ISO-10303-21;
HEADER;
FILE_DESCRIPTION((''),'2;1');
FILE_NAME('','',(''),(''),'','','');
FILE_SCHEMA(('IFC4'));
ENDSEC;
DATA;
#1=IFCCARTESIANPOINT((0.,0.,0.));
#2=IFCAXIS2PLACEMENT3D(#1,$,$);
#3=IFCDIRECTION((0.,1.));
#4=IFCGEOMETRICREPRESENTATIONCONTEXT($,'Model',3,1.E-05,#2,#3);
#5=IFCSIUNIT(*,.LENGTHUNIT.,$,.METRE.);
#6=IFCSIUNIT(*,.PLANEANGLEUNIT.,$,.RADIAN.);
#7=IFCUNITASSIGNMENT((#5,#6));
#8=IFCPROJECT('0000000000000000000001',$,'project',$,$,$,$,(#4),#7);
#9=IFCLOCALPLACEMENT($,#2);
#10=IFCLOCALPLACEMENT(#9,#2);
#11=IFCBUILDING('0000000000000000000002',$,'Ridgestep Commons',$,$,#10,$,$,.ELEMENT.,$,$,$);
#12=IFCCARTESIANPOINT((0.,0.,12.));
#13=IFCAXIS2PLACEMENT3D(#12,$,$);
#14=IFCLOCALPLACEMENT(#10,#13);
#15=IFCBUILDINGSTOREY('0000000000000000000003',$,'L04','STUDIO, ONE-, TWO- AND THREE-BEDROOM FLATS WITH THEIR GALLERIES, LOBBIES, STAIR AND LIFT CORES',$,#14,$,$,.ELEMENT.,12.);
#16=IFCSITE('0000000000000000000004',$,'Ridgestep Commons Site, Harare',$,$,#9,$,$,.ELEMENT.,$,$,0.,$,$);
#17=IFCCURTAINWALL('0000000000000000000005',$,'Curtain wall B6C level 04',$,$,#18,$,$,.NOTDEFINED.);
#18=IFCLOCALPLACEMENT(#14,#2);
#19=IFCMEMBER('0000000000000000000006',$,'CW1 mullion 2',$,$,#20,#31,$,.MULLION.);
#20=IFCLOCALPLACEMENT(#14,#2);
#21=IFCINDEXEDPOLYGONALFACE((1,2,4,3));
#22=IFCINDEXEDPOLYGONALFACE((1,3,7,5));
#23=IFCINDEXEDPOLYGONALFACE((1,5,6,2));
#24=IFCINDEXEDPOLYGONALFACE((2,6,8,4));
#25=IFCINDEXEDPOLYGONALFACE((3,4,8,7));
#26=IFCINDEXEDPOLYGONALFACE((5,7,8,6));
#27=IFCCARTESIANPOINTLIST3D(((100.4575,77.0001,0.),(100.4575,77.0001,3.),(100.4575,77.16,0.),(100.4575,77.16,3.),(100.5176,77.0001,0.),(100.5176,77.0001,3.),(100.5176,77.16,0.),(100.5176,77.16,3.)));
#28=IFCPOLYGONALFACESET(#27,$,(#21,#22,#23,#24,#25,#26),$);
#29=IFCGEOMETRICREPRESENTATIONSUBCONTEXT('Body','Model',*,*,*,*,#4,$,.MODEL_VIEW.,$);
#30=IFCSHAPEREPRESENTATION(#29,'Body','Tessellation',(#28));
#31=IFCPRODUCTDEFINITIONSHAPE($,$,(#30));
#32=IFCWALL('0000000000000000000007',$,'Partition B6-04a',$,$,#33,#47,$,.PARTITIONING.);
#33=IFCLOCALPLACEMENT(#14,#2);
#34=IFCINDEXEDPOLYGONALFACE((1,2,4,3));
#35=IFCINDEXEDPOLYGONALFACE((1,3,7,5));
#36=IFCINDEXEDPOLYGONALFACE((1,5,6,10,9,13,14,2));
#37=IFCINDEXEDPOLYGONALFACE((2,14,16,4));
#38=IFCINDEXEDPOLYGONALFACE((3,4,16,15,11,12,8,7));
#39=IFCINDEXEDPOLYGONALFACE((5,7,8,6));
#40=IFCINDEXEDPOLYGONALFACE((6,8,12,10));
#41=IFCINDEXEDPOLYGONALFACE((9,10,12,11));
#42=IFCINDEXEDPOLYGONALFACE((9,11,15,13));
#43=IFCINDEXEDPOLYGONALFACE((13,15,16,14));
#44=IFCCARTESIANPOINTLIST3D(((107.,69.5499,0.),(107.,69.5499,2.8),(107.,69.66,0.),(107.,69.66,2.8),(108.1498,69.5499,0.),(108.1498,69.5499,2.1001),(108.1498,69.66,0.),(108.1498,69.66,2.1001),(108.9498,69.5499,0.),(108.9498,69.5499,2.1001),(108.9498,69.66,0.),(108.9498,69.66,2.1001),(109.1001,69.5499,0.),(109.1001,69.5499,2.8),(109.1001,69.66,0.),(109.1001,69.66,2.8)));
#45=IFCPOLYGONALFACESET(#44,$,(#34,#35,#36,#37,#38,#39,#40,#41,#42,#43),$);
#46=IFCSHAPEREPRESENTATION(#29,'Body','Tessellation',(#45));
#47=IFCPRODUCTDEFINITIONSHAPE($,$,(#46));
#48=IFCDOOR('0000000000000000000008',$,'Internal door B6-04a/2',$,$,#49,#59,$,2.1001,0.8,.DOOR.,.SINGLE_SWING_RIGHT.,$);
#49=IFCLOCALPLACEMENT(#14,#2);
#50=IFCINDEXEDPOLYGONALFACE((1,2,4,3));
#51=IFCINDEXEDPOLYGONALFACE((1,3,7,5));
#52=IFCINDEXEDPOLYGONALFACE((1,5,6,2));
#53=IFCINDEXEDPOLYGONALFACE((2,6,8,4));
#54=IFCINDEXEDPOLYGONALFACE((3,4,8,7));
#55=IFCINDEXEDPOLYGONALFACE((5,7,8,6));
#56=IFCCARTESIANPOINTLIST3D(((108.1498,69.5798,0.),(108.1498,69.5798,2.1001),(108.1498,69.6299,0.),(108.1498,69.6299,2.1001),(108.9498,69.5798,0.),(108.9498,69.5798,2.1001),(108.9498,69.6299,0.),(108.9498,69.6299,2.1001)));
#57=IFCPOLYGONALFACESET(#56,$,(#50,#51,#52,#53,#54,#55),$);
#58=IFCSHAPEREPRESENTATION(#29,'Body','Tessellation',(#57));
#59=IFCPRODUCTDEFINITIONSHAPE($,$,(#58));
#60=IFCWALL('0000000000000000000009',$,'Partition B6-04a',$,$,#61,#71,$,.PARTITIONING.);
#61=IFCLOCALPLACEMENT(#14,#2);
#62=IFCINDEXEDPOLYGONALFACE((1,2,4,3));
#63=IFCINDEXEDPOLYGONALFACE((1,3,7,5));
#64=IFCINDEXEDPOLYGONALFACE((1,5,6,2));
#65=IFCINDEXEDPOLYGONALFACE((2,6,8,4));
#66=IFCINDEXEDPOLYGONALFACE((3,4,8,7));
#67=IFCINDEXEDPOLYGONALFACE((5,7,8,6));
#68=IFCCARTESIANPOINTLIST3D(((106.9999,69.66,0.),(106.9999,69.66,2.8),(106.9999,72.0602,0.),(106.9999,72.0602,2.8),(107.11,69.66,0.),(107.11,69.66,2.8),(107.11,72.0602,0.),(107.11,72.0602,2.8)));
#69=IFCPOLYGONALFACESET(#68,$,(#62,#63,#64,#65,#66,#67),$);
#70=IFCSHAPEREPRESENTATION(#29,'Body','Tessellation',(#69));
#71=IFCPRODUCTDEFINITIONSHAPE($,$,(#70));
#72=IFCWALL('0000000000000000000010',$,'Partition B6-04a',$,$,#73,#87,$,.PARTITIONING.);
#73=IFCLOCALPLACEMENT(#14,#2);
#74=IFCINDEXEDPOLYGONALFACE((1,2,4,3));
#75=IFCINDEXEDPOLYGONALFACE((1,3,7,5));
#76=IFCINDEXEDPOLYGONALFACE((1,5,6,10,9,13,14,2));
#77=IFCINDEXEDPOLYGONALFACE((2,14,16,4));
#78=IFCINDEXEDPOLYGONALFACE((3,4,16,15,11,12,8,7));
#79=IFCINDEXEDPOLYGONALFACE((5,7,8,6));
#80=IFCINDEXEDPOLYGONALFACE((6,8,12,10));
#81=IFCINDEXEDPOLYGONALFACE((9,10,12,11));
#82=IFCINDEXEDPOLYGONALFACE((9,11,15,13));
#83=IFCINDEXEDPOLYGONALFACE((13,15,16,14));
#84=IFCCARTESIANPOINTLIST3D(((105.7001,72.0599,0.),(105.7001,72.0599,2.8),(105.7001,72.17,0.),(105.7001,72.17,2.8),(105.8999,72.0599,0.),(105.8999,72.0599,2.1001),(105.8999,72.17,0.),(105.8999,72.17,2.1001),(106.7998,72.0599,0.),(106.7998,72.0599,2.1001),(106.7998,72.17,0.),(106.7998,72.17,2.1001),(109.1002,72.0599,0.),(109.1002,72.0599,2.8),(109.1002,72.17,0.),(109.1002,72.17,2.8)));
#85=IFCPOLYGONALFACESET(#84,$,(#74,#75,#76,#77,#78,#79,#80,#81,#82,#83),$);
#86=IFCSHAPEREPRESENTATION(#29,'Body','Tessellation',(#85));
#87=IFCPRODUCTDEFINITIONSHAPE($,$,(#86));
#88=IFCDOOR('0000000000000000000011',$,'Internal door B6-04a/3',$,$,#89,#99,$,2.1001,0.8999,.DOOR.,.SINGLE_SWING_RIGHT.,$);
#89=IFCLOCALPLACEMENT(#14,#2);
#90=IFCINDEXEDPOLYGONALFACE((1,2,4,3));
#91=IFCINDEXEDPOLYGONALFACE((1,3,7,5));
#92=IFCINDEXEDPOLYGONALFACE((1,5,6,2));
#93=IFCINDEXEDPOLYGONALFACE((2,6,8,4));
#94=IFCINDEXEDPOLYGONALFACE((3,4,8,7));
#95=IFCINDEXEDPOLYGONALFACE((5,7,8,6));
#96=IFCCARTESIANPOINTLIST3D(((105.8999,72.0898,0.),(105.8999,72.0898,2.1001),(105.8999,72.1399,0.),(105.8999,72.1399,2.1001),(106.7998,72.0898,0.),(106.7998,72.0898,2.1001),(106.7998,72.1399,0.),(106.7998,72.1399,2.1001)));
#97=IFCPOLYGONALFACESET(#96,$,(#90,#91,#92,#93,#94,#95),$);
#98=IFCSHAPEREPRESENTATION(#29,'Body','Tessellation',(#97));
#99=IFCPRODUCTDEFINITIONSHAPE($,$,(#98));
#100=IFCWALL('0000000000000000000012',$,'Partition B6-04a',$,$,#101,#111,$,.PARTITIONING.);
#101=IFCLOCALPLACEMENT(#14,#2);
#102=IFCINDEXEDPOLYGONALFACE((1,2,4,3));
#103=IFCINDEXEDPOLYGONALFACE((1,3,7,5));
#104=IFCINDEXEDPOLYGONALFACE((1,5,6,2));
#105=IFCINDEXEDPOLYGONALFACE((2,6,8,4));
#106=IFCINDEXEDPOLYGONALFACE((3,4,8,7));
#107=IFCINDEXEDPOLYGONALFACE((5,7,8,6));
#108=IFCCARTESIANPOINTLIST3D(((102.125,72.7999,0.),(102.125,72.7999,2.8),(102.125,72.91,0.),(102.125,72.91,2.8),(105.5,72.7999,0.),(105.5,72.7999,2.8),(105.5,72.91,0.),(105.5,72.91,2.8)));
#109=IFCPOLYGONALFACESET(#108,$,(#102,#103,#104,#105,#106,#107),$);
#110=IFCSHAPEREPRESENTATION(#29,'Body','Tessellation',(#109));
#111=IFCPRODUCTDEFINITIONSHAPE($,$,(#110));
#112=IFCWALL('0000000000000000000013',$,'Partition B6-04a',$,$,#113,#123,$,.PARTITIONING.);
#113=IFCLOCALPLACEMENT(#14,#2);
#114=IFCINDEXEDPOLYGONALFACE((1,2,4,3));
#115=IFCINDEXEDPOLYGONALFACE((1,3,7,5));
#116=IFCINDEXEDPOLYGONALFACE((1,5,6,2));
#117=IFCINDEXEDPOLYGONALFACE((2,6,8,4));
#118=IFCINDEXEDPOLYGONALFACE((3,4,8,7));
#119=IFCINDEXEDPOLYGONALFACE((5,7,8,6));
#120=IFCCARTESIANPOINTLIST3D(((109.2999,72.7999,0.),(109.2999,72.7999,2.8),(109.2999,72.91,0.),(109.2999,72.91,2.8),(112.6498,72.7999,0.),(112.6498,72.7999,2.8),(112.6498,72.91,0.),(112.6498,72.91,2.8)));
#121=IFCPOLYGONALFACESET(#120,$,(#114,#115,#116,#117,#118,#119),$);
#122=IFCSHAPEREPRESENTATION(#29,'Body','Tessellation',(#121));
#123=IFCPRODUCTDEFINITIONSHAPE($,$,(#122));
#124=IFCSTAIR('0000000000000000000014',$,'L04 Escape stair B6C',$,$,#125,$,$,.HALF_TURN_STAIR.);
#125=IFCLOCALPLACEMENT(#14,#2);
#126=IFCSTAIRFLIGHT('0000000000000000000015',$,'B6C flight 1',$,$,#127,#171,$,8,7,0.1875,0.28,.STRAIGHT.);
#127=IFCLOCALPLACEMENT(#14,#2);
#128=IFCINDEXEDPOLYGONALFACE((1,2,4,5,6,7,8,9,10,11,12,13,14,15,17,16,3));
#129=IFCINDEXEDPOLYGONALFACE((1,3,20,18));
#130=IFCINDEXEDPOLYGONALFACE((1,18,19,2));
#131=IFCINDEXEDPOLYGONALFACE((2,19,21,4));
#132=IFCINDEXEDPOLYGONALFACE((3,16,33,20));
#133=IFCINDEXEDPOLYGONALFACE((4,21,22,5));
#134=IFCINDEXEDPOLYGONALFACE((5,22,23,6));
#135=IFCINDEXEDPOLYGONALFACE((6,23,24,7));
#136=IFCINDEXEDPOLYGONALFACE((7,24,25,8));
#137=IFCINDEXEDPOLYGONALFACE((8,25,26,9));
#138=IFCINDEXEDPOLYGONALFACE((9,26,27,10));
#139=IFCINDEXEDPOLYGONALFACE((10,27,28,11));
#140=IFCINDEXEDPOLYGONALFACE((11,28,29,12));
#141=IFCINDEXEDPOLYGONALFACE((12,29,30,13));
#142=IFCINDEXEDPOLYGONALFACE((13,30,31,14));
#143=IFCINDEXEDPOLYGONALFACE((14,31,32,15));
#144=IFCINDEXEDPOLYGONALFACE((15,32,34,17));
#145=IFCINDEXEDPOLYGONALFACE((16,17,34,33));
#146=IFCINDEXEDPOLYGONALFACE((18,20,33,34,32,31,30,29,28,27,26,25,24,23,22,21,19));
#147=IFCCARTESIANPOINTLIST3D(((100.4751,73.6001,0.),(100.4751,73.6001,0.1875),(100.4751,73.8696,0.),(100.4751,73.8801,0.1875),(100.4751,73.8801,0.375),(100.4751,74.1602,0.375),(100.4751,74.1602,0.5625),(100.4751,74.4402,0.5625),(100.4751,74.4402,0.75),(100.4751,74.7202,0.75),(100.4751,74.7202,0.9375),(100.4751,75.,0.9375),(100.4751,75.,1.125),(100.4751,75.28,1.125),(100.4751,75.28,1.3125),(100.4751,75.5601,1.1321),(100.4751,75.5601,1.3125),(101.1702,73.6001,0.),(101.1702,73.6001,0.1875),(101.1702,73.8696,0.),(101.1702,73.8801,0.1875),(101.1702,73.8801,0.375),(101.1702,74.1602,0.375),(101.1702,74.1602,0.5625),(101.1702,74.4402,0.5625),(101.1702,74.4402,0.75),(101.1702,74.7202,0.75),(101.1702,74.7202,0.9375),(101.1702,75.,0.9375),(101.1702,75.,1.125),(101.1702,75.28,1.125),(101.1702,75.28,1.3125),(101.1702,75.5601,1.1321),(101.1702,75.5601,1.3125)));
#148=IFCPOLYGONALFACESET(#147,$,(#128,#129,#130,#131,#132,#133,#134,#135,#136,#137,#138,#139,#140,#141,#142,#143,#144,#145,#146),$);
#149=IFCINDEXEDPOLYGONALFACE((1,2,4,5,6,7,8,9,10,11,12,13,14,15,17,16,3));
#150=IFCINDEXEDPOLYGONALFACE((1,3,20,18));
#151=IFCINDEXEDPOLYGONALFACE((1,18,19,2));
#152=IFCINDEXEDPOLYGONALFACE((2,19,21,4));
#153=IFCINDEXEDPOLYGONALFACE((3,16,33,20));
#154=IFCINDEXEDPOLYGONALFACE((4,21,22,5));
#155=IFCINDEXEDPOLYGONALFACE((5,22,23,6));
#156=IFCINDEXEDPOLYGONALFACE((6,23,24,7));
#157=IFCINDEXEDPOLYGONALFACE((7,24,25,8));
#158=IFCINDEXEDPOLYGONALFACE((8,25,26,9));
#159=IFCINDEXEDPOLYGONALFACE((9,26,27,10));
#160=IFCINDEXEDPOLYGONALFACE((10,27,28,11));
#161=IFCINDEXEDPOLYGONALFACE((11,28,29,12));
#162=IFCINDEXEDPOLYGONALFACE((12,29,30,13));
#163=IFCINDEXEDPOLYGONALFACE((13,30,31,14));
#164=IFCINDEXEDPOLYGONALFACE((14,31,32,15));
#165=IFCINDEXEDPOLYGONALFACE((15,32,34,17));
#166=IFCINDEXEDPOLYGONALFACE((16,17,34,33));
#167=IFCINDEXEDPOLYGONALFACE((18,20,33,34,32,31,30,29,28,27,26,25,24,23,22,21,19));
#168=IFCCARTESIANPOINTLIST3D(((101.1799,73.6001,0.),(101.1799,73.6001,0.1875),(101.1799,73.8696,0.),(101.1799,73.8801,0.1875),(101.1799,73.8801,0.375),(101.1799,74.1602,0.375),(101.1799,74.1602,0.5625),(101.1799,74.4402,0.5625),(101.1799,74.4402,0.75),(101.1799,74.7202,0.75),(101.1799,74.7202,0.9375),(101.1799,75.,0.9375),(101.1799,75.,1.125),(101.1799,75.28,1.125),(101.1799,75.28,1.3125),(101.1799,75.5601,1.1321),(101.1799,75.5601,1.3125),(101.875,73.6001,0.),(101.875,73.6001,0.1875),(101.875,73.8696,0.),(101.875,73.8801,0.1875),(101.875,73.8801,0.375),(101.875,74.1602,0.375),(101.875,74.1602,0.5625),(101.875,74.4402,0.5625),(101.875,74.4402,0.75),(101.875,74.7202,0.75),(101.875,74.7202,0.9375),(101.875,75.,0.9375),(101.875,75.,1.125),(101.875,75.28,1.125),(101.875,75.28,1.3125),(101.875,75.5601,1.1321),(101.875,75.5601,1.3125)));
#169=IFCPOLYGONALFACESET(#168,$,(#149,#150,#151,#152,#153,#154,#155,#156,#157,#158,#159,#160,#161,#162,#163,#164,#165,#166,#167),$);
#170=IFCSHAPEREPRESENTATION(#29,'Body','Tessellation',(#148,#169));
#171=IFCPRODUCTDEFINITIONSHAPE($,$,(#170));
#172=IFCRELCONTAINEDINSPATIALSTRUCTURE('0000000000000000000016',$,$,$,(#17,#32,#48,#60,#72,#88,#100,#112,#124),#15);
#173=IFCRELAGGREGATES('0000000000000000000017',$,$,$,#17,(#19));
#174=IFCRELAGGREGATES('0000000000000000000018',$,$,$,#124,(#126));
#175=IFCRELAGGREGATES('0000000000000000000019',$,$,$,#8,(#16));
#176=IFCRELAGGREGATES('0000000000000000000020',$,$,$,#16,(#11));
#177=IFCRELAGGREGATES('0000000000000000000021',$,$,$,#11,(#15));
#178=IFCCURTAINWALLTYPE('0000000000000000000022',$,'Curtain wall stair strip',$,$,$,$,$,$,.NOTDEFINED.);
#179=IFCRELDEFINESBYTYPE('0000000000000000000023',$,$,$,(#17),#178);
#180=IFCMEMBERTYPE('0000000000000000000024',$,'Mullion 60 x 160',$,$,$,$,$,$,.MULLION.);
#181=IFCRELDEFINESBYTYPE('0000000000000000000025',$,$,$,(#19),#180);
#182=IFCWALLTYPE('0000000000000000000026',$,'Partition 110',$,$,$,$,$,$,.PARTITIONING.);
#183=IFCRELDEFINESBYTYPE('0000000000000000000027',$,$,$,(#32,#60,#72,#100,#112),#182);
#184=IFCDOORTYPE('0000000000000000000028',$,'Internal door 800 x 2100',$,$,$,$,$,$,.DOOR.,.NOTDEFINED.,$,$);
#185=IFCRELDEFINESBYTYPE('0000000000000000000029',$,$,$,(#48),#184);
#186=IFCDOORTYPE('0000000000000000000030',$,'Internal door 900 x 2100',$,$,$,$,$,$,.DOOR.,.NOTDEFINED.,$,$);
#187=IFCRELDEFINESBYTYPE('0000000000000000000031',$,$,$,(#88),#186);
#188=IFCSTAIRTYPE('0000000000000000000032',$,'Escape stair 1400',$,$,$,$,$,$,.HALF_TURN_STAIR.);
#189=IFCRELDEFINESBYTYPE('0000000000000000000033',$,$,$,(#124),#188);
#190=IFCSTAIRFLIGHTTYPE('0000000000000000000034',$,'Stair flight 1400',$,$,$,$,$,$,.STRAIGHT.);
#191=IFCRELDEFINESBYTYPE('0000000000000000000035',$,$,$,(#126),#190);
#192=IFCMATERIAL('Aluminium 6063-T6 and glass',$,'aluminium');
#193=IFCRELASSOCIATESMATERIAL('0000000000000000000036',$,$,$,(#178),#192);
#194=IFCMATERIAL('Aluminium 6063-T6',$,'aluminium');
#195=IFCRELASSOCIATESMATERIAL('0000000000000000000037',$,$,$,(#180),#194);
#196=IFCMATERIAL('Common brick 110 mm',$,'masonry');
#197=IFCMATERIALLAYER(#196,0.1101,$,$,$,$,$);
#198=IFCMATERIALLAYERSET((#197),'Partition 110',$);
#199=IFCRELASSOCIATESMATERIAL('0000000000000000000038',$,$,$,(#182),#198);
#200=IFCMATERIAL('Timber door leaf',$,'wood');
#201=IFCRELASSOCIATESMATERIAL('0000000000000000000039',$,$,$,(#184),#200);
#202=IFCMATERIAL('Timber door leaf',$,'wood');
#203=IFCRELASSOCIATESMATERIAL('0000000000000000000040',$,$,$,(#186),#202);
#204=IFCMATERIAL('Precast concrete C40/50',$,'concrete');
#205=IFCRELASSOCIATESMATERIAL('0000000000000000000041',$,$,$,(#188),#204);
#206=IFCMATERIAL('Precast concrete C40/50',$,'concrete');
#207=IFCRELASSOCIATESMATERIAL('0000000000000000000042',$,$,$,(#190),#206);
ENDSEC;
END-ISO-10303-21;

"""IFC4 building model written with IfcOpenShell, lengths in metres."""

from ifc_helpers import new_model, si_unit, direction, frame, frame_2d, origin, origin_2d, place, context, subcontext, project, spatial, polyline, rectangle, outline, extrude, material, layer, layer_set, material_profile, profile_set, type_object, element, fill, aggregate, save


model = new_model("IFC4")

# Units and contexts
model_context = context("Model", 3, precision=1e-05, world=origin(), true_north=direction((0.0, 1.0)))
body_context = subcontext(model_context, "Body", "Model", "MODEL_VIEW")
ifc_project = project(units=[si_unit("LENGTHUNIT", "METRE"), si_unit("PLANEANGLEUNIT", "RADIAN")], contexts=[model_context])

# Site, building, storey
site_placement = place(None, origin())
site = spatial("IfcSite", under=ifc_project, at=site_placement, Name="Ridgestep Commons Site, Harare", CompositionType="ELEMENT", RefElevation=0.0)
building_placement = place(site_placement, origin())
building = spatial("IfcBuilding", under=site, at=building_placement, Name="Ridgestep Commons", CompositionType="ELEMENT")
storey_placement = place(building_placement, frame((0.0, 0.0, 12.0)))
storey = spatial("IfcBuildingStorey", under=building, at=storey_placement, Name="L04", Description="STUDIO, ONE-, TWO- AND THREE-BEDROOM FLATS WITH THEIR GALLERIES, LOBBIES, STAIR AND LIFT CORES", CompositionType="ELEMENT", Elevation=12.0)

# Curtain wall, member
ifc_material_1 = material(Name="Aluminium 6063-T6 and glass", Category="aluminium")
curtain_wall_type = type_object("IfcCurtainWallType", Name="Curtain wall stair strip", PredefinedType="NOTDEFINED", material=ifc_material_1)
curtain_wall_placement = place(storey_placement, origin())
curtain_wall = element("IfcCurtainWall", 1, at=curtain_wall_placement, inside=storey, type_object=curtain_wall_type, Name="Curtain wall B6C level 04", PredefinedType="NOTDEFINED")
ifc_material_2 = material(Name="Aluminium 6063-T6", Category="aluminium")
ifc_material_profile = material_profile(ifc_material_2, rectangle(XDim=0.1599, YDim=0.0601, at=origin_2d()), Name="Mullion 60 x 160")
ifc_profile_set = profile_set([ifc_material_profile], Name="Aluminium 6063-T6")
member_type = type_object("IfcMemberType", Name="Mullion 60 x 160", PredefinedType="MULLION", material=ifc_profile_set)
member_placement = place(storey_placement, frame((100.4875, 77.0801, 0.0), z_axis=(0.0, 0.0, 1.0), x_axis=(0.0, 1.0, 0.0)))
member = element("IfcMember", 2, at=member_placement, type_object=member_type, Name="CW1 mullion 2", PredefinedType="MULLION", context=body_context, shape_type="SweptSolid", body=[
    extrude(rectangle(XDim=0.1599, YDim=0.0601, at=origin_2d()), origin(), (0.0, 0.0, 1.0), 3.0),
])
aggregate(curtain_wall, [member])

# Wall, opening, door
ifc_material_3 = material(Name="Common brick 110 mm", Category="masonry")
ifc_layer = layer(ifc_material_3, 0.1101)
ifc_layer_set = layer_set([ifc_layer], Name="Partition 110")
wall_type = type_object("IfcWallType", Name="Partition 110", PredefinedType="PARTITIONING", material=ifc_layer_set)
wall_1_placement = place(storey_placement, frame((107.0, 69.605, 0.0), z_axis=(0.0, 0.0, 1.0), x_axis=(1.0, 0.0, 0.0)))
wall_1 = element("IfcWall", 3, at=wall_1_placement, inside=storey, type_object=wall_type, Name="Partition B6-04a", PredefinedType="PARTITIONING", context=body_context, shape_type="SweptSolid", body=[
    extrude(rectangle(XDim=2.1001, YDim=0.1101, at=frame_2d((1.05, 0.0))), origin(), (0.0, 0.0, 1.0), 2.8),
])
opening_1_placement = place(wall_1_placement, frame((1.1499, 0.0, 0.0)))
opening_1 = element("IfcOpeningElement", 4, at=opening_1_placement, cuts=wall_1, PredefinedType="OPENING", context=body_context, shape_type="SweptSolid", body=[
    extrude(rectangle(XDim=0.8, YDim=2.1001, at=frame_2d((0.3999, 1.05))), frame((0.0, 0.0649, 0.0), z_axis=(0.0, -1.0, 0.0), x_axis=(1.0, 0.0, 0.0)), (0.0, 0.0, 1.0), 0.1301),
])
ifc_material_4 = material(Name="Timber door leaf", Category="wood")
door_type_1 = type_object("IfcDoorType", Name="Internal door 800 x 2100", OperationType="NOTDEFINED", PredefinedType="DOOR", material=ifc_material_4)
door_1_placement = place(opening_1_placement, origin())
door_1 = element("IfcDoor", 5, at=door_1_placement, inside=storey, type_object=door_type_1, Name="Internal door B6-04a/2", OperationType="SINGLE_SWING_RIGHT", OverallHeight=2.1001, OverallWidth=0.8, PredefinedType="DOOR", context=body_context, shape_type="SweptSolid", body=[
    extrude(rectangle(XDim=0.8, YDim=2.1001, at=frame_2d((0.3999, 1.05))), frame((0.0, 0.0249, 0.0), z_axis=(0.0, -1.0, 0.0), x_axis=(1.0, 0.0, 0.0)), (0.0, 0.0, 1.0), 0.05),
])
fill(opening_1, door_1)

# Wall
wall_2_placement = place(storey_placement, frame((107.0549, 69.6599, 0.0), z_axis=(0.0, 0.0, 1.0), x_axis=(0.0, 1.0, 0.0)))
element("IfcWall", 6, at=wall_2_placement, inside=storey, type_object=wall_type, Name="Partition B6-04a", PredefinedType="PARTITIONING", context=body_context, shape_type="SweptSolid", body=[
    extrude(rectangle(XDim=2.4001, YDim=0.1101, at=frame_2d((1.2002, 0.0))), origin(), (0.0, 0.0, 1.0), 2.8),
])

# Wall, opening, door
wall_3_placement = place(storey_placement, frame((105.7, 72.115, 0.0), z_axis=(0.0, 0.0, 1.0), x_axis=(1.0, 0.0, 0.0)))
wall_3 = element("IfcWall", 7, at=wall_3_placement, inside=storey, type_object=wall_type, Name="Partition B6-04a", PredefinedType="PARTITIONING", context=body_context, shape_type="SweptSolid", body=[
    extrude(rectangle(XDim=3.4001, YDim=0.1101, at=frame_2d((1.7002, 0.0))), origin(), (0.0, 0.0, 1.0), 2.8),
])
opening_2_placement = place(wall_3_placement, frame((0.2, 0.0, 0.0)))
opening_2 = element("IfcOpeningElement", 8, at=opening_2_placement, cuts=wall_3, PredefinedType="OPENING", context=body_context, shape_type="SweptSolid", body=[
    extrude(rectangle(XDim=0.8999, YDim=2.1001, at=frame_2d((0.45, 1.05))), frame((0.0, 0.0649, 0.0), z_axis=(0.0, -1.0, 0.0), x_axis=(1.0, 0.0, 0.0)), (0.0, 0.0, 1.0), 0.1301),
])
ifc_material_5 = material(Name="Timber door leaf", Category="wood")
door_type_2 = type_object("IfcDoorType", Name="Internal door 900 x 2100", OperationType="NOTDEFINED", PredefinedType="DOOR", material=ifc_material_5)
door_2_placement = place(opening_2_placement, origin())
door_2 = element("IfcDoor", 9, at=door_2_placement, inside=storey, type_object=door_type_2, Name="Internal door B6-04a/3", OperationType="SINGLE_SWING_RIGHT", OverallHeight=2.1001, OverallWidth=0.8999, PredefinedType="DOOR", context=body_context, shape_type="SweptSolid", body=[
    extrude(rectangle(XDim=0.8999, YDim=2.1001, at=frame_2d((0.45, 1.05))), frame((0.0, 0.0249, 0.0), z_axis=(0.0, -1.0, 0.0), x_axis=(1.0, 0.0, 0.0)), (0.0, 0.0, 1.0), 0.05),
])
fill(opening_2, door_2)

# Walls
wall_4_placement = place(storey_placement, frame((102.125, 72.855, 0.0), z_axis=(0.0, 0.0, 1.0), x_axis=(1.0, 0.0, 0.0)))
element("IfcWall", 10, at=wall_4_placement, inside=storey, type_object=wall_type, Name="Partition B6-04a", PredefinedType="PARTITIONING", context=body_context, shape_type="SweptSolid", body=[
    extrude(rectangle(XDim=3.375, YDim=0.1101, at=frame_2d((1.6875, 0.0))), origin(), (0.0, 0.0, 1.0), 2.8),
])
wall_5_placement = place(storey_placement, frame((109.3, 72.855, 0.0), z_axis=(0.0, 0.0, 1.0), x_axis=(1.0, 0.0, 0.0)))
element("IfcWall", 11, at=wall_5_placement, inside=storey, type_object=wall_type, Name="Partition B6-04a", PredefinedType="PARTITIONING", context=body_context, shape_type="SweptSolid", body=[
    extrude(rectangle(XDim=3.3499, YDim=0.1101, at=frame_2d((1.6748, 0.0))), origin(), (0.0, 0.0, 1.0), 2.8),
])

# Stair, stair flight
ifc_material_6 = material(Name="Precast concrete C40/50", Category="concrete")
stair_type = type_object("IfcStairType", Name="Escape stair 1400", PredefinedType="HALF_TURN_STAIR", material=ifc_material_6)
stair_placement = place(storey_placement, origin())
stair = element("IfcStair", 12, at=stair_placement, inside=storey, type_object=stair_type, Name="L04 Escape stair B6C", PredefinedType="HALF_TURN_STAIR")
ifc_material_7 = material(Name="Precast concrete C40/50", Category="concrete")
stair_flight_type = type_object("IfcStairFlightType", Name="Stair flight 1400", PredefinedType="STRAIGHT", material=ifc_material_7)
stair_flight_placement = place(storey_placement, frame((101.175, 73.6001, 0.0), z_axis=(0.0, 0.0, 1.0), x_axis=(0.0, 1.0, 0.0)))
stair_flight = element("IfcStairFlight", 13, at=stair_flight_placement, type_object=stair_flight_type, Name="B6C flight 1", NumberOfRisers=8, NumberOfTreads=7, PredefinedType="STRAIGHT", RiserHeight=0.1875, TreadLength=0.28, context=body_context, shape_type="SweptSolid", body=[
    extrude(outline(polyline([(0.0, 0.0), (0.0, 0.1875), (0.28, 0.1875), (0.28, 0.375), (0.5601, 0.375), (0.5601, 0.5625), (0.8401, 0.5625), (0.8401, 0.75), (1.1201, 0.75), (1.1201, 0.9375), (1.3999, 0.9375), (1.3999, 1.125), (1.6799, 1.125), (1.6799, 1.3125), (1.96, 1.3125), (1.96, 1.5), (1.96, 1.1321), (0.2695, 0.0), (0.0, 0.0)])), frame((0.0, 0.7, 0.0), z_axis=(0.0, -1.0, 0.0), x_axis=(1.0, 0.0, 0.0)), (0.0, 0.0, 1.0), 0.6951),
    extrude(outline(polyline([(0.0, 0.0), (0.0, 0.1875), (0.28, 0.1875), (0.28, 0.375), (0.5601, 0.375), (0.5601, 0.5625), (0.8401, 0.5625), (0.8401, 0.75), (1.1201, 0.75), (1.1201, 0.9375), (1.3999, 0.9375), (1.3999, 1.125), (1.6799, 1.125), (1.6799, 1.3125), (1.96, 1.3125), (1.96, 1.5), (1.96, 1.1321), (0.2695, 0.0), (0.0, 0.0)])), frame((0.0, -0.0049, 0.0), z_axis=(0.0, -1.0, 0.0), x_axis=(1.0, 0.0, 0.0)), (0.0, 0.0, 1.0), 0.6951),
])
aggregate(stair, [stair_flight])

save(model, "model.ifc")
